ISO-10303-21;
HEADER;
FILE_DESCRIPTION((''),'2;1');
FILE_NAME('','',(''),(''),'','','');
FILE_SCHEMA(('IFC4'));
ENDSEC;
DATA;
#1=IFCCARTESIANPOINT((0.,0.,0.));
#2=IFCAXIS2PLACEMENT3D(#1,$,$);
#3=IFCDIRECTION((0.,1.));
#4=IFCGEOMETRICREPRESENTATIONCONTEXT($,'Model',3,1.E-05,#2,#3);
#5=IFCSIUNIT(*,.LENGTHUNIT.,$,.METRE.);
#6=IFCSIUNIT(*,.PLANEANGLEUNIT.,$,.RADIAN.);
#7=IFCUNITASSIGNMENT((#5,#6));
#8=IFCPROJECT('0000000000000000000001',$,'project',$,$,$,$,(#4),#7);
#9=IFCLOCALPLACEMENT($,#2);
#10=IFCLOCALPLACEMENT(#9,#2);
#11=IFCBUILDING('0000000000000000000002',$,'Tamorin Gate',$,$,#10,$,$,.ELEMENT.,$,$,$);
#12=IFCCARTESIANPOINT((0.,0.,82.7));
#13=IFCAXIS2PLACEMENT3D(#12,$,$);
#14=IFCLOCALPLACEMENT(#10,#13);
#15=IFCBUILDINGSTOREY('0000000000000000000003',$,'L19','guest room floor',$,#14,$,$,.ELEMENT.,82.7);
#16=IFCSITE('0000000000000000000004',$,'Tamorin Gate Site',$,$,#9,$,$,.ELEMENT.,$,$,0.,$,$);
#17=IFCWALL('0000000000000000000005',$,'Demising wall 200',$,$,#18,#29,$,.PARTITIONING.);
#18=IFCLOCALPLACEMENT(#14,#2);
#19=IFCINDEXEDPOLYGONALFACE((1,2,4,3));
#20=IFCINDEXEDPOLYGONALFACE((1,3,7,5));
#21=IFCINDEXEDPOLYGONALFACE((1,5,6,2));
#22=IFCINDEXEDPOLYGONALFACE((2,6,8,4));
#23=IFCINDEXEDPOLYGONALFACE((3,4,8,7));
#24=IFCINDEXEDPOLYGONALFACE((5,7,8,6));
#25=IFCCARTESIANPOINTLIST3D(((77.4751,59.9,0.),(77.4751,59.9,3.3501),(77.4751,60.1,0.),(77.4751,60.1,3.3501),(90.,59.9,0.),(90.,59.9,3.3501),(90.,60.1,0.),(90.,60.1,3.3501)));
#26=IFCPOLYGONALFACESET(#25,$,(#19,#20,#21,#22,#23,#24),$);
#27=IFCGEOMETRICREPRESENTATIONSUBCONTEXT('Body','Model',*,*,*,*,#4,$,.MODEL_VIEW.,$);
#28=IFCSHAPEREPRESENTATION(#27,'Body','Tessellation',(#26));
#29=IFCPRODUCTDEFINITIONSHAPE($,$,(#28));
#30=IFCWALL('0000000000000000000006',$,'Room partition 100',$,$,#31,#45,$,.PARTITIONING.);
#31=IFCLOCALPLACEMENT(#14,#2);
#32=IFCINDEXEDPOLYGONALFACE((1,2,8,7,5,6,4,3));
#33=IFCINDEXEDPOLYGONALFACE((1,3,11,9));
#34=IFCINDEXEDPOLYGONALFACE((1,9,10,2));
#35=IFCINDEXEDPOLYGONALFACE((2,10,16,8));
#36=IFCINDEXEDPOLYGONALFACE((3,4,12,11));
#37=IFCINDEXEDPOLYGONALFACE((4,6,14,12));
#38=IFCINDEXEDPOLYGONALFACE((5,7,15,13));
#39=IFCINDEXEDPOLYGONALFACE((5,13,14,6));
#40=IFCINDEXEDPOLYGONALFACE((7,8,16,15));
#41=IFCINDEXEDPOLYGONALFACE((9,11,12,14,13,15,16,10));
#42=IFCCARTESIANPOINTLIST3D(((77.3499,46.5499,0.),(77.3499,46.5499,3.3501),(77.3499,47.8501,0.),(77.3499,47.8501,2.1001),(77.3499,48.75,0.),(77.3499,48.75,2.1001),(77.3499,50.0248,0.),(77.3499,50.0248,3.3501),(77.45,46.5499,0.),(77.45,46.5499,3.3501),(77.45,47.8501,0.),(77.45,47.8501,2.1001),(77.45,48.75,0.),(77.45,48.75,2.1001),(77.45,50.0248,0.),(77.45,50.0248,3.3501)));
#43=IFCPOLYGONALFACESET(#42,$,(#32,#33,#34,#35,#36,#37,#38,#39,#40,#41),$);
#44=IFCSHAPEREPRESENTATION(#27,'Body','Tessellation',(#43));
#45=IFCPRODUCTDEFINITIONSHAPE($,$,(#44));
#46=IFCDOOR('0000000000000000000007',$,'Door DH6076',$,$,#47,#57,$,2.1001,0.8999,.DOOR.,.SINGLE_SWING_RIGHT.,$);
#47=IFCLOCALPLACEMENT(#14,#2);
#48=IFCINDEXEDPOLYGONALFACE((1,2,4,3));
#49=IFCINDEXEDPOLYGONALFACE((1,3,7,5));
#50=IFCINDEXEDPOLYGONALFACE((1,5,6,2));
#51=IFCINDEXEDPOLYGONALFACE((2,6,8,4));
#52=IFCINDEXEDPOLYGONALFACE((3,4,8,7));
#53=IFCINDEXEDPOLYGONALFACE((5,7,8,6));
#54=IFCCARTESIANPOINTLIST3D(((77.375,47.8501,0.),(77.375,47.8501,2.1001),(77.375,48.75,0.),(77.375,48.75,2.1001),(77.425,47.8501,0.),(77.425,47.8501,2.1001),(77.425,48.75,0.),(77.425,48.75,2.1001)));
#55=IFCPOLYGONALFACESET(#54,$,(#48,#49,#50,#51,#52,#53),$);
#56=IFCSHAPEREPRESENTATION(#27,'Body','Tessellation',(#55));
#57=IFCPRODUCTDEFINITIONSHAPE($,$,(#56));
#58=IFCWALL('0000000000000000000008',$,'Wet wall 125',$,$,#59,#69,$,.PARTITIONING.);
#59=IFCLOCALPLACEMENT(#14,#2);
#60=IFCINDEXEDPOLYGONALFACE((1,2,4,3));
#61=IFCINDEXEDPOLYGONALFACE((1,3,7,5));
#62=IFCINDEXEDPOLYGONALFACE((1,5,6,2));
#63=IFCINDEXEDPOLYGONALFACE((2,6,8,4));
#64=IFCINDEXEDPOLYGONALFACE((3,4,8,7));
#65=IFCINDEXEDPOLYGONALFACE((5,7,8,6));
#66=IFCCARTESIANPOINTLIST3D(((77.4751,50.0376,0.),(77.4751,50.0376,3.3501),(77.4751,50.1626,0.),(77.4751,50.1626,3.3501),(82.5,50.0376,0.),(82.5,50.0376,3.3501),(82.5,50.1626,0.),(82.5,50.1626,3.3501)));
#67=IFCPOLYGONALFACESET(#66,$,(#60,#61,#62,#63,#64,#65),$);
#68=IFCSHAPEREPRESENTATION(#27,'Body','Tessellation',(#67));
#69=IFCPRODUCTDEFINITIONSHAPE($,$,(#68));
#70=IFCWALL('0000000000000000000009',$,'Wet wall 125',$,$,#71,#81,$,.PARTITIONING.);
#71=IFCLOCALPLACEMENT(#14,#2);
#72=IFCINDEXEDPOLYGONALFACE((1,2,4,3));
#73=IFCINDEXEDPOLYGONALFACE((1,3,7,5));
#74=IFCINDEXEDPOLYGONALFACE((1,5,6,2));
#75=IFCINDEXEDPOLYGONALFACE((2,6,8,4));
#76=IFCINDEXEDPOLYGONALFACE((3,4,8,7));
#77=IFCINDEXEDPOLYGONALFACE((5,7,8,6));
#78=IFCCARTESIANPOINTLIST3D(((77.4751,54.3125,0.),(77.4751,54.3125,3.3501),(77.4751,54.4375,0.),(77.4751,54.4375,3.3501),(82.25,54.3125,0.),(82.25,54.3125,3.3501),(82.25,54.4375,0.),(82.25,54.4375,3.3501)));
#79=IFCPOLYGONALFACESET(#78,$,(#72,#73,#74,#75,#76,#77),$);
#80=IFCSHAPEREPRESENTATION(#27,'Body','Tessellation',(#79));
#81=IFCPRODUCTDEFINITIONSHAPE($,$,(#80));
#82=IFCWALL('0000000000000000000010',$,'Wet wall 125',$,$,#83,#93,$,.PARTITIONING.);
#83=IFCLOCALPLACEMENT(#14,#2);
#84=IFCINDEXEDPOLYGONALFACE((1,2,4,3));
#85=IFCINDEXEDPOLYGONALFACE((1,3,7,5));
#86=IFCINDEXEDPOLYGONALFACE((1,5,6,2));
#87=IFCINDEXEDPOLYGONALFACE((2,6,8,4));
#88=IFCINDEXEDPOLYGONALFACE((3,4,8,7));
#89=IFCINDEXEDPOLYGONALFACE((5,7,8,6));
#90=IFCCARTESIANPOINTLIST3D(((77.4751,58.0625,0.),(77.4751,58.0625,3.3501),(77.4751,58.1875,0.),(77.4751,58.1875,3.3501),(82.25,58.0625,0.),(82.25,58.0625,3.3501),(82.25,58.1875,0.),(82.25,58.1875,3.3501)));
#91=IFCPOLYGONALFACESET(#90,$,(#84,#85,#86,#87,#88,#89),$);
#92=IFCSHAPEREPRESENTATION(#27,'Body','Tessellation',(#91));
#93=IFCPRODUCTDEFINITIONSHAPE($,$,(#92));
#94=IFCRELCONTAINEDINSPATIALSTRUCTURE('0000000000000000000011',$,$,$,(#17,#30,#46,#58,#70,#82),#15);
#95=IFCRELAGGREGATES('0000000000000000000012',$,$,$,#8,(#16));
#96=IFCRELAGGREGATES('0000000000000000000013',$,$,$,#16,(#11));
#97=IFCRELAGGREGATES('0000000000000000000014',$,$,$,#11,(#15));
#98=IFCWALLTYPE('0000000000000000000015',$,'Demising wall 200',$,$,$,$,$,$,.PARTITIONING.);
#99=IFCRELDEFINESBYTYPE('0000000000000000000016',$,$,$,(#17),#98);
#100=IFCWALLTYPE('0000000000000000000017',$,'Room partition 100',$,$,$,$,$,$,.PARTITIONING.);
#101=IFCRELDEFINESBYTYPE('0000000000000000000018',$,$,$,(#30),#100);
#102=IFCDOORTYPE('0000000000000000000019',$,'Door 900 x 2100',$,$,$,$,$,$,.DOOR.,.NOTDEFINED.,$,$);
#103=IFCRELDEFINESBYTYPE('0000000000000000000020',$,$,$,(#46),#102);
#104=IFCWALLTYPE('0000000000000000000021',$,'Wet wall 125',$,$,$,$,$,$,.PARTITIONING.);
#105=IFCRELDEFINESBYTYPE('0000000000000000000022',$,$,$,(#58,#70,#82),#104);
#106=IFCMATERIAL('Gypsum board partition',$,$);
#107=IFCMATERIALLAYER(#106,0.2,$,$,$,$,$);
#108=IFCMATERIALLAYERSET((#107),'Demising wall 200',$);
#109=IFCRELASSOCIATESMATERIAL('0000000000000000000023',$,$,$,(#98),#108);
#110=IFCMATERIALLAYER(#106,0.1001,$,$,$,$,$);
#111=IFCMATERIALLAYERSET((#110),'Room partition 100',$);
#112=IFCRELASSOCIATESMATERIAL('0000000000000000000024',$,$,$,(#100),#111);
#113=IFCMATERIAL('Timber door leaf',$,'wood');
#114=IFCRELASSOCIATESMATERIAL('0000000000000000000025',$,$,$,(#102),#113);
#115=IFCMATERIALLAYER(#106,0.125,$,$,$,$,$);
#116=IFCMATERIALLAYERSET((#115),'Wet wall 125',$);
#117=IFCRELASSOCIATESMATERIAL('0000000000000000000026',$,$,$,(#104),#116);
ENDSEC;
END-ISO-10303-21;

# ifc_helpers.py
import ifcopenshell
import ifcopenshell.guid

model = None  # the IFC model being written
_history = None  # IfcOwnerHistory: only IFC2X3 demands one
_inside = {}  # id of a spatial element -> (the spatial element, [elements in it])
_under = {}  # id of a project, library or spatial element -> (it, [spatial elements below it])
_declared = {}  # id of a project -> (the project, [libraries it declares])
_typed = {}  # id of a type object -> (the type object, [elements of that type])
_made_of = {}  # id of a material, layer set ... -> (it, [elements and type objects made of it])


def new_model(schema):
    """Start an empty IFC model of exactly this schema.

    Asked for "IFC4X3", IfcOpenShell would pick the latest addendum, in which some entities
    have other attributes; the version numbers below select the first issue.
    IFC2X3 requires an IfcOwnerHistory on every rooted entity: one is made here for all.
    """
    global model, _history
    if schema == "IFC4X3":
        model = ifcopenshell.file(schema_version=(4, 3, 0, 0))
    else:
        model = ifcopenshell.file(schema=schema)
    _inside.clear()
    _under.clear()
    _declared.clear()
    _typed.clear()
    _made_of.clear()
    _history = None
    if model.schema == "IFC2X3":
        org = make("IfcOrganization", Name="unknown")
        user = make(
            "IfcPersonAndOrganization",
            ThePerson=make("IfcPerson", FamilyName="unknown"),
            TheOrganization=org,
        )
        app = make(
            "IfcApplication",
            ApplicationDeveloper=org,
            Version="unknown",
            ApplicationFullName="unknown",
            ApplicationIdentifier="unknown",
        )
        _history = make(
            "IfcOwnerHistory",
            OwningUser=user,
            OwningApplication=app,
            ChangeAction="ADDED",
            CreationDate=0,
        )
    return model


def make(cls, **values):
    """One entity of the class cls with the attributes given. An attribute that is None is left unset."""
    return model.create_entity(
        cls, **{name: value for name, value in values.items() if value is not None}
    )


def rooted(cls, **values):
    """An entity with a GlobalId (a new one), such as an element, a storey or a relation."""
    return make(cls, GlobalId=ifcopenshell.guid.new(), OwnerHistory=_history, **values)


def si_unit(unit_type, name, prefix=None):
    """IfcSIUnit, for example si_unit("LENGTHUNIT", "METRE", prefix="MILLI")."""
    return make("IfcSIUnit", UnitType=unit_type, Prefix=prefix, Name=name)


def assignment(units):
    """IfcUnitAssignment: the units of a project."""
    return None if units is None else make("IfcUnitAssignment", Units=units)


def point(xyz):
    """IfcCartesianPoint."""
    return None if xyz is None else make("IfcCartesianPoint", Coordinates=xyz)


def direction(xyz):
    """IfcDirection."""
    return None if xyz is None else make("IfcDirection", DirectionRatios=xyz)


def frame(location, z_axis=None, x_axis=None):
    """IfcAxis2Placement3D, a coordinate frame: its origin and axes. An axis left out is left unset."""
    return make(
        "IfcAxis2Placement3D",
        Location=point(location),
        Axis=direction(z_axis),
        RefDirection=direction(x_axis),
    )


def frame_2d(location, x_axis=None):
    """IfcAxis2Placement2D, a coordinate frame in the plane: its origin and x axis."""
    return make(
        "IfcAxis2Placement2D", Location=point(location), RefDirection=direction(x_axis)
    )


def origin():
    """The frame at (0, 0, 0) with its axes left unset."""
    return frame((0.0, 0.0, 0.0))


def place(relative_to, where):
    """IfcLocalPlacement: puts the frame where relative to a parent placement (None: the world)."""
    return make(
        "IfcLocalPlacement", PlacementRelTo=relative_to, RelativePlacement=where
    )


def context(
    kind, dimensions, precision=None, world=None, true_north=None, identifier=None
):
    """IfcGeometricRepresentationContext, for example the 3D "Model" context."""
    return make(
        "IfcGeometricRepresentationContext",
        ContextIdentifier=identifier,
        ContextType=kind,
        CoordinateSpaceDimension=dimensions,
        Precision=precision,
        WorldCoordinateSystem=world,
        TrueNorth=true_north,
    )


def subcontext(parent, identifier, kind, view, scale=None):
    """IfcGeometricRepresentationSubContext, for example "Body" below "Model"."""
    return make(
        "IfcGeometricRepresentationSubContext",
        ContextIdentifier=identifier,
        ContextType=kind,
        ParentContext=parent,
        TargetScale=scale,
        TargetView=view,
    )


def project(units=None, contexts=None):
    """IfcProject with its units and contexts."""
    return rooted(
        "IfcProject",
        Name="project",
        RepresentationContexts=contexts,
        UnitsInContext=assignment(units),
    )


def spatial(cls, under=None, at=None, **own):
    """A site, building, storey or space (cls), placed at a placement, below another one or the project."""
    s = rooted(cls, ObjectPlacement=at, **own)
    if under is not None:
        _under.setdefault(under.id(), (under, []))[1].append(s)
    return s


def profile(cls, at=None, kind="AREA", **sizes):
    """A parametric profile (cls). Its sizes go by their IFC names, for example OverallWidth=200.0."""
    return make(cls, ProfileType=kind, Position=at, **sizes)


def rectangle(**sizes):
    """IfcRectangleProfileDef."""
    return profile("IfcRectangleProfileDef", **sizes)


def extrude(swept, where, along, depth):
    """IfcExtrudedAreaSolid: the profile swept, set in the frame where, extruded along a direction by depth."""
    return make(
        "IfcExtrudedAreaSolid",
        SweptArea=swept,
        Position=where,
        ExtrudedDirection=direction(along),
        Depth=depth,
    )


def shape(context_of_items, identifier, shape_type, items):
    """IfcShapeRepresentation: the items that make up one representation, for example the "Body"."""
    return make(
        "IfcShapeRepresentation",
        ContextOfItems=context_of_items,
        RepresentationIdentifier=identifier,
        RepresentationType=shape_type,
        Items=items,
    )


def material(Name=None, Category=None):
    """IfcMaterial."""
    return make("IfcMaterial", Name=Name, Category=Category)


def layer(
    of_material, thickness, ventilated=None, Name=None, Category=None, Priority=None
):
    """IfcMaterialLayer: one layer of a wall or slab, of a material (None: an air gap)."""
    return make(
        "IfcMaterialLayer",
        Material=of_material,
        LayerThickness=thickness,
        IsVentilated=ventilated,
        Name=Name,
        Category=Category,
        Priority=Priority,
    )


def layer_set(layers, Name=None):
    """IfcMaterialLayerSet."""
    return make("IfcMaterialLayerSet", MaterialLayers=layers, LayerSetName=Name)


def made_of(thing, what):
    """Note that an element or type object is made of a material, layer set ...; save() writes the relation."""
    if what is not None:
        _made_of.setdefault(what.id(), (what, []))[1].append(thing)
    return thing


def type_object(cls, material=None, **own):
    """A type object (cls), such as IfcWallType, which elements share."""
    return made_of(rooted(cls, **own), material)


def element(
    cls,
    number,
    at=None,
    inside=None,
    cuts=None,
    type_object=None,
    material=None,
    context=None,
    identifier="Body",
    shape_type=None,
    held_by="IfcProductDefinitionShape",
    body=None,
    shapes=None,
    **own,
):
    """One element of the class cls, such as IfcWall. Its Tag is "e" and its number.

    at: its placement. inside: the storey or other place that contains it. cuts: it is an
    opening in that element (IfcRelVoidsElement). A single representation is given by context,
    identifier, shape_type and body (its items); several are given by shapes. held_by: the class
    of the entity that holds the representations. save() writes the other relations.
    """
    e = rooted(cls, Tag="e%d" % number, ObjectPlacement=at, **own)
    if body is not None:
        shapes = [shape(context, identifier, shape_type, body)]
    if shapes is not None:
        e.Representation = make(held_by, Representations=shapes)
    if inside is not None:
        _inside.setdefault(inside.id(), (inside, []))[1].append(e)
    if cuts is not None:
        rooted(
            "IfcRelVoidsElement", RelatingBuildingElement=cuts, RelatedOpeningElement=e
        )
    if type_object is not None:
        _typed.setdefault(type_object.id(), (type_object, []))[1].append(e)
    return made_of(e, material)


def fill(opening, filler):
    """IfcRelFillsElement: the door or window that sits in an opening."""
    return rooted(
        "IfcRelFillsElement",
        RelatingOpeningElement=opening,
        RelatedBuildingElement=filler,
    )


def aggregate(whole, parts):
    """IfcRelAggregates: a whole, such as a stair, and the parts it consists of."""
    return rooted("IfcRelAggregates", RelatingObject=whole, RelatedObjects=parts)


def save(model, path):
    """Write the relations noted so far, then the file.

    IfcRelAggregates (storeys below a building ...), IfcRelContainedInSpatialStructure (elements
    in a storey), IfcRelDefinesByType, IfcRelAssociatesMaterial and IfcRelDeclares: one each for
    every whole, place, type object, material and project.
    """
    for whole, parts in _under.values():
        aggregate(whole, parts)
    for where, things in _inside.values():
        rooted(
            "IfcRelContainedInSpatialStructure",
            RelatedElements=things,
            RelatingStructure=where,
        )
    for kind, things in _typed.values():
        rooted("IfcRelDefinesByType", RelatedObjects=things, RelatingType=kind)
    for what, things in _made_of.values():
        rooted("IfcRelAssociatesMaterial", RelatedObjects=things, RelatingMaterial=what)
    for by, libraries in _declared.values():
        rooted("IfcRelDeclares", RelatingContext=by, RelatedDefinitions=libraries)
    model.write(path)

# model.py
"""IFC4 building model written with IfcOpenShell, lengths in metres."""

from ifc_helpers import new_model, si_unit, direction, frame, frame_2d, origin, place, context, subcontext, project, spatial, rectangle, extrude, material, layer, layer_set, type_object, element, fill, save


model = new_model("IFC4")

# Units and contexts
model_context = context("Model", 3, precision=1e-05, world=origin(), true_north=direction((0.0, 1.0)))
body_context = subcontext(model_context, "Body", "Model", "MODEL_VIEW")
ifc_project = project(units=[si_unit("LENGTHUNIT", "METRE"), si_unit("PLANEANGLEUNIT", "RADIAN")], contexts=[model_context])

# Site, building, storey
site_placement = place(None, origin())
site = spatial("IfcSite", under=ifc_project, at=site_placement, Name="Tamorin Gate Site", CompositionType="ELEMENT", RefElevation=0.0)
building_placement = place(site_placement, origin())
building = spatial("IfcBuilding", under=site, at=building_placement, Name="Tamorin Gate", CompositionType="ELEMENT")
storey_placement = place(building_placement, frame((0.0, 0.0, 82.7)))
storey = spatial("IfcBuildingStorey", under=building, at=storey_placement, Name="L19", Description="guest room floor", CompositionType="ELEMENT", Elevation=82.7)

# Shared definitions
ifc_material_1 = material(Name="Gypsum board partition")
ifc_material_2 = material(Name="Timber door leaf", Category="wood")

# Wall
ifc_layer_1 = layer(ifc_material_1, 0.2)
ifc_layer_set_1 = layer_set([ifc_layer_1], Name="Demising wall 200")
wall_type_1 = type_object("IfcWallType", Name="Demising wall 200", PredefinedType="PARTITIONING", material=ifc_layer_set_1)
wall_1_placement = place(storey_placement, frame((77.4751, 60.0, 0.0), z_axis=(0.0, 0.0, 1.0), x_axis=(1.0, 0.0, 0.0)))
element("IfcWall", 1, at=wall_1_placement, inside=storey, type_object=wall_type_1, Name="Demising wall 200", PredefinedType="PARTITIONING", context=body_context, shape_type="SweptSolid", body=[
    extrude(rectangle(XDim=12.5249, YDim=0.2, at=frame_2d((6.2625, 0.0))), origin(), (0.0, 0.0, 1.0), 3.3501),
])

# Wall, opening, door
ifc_layer_2 = layer(ifc_material_1, 0.1001)
ifc_layer_set_2 = layer_set([ifc_layer_2], Name="Room partition 100")
wall_type_2 = type_object("IfcWallType", Name="Room partition 100", PredefinedType="PARTITIONING", material=ifc_layer_set_2)
wall_2_placement = place(storey_placement, frame((77.3999, 46.55, 0.0), z_axis=(0.0, 0.0, 1.0), x_axis=(0.0, 1.0, 0.0)))
wall_2 = element("IfcWall", 2, at=wall_2_placement, inside=storey, type_object=wall_type_2, Name="Room partition 100", PredefinedType="PARTITIONING", context=body_context, shape_type="SweptSolid", body=[
    extrude(rectangle(XDim=3.4749, YDim=0.1001, at=frame_2d((1.7373, 0.0))), origin(), (0.0, 0.0, 1.0), 3.3501),
])
opening_1_placement = place(wall_2_placement, frame((1.3, 0.0, 0.0)))
opening_1 = element("IfcOpeningElement", 3, at=opening_1_placement, cuts=wall_2, PredefinedType="OPENING", context=body_context, shape_type="SweptSolid", body=[
    extrude(rectangle(XDim=0.8999, YDim=2.1001, at=frame_2d((0.45, 1.05))), frame((0.0, 0.0601, 0.0), z_axis=(0.0, -1.0, 0.0), x_axis=(1.0, 0.0, 0.0)), (0.0, 0.0, 1.0), 0.1201),
])
door_type_1 = type_object("IfcDoorType", Name="Door 900 x 2100", OperationType="NOTDEFINED", PredefinedType="DOOR", material=ifc_material_2)
door_1_placement = place(opening_1_placement, origin())
door_1 = element("IfcDoor", 4, at=door_1_placement, inside=storey, type_object=door_type_1, Name="Door DH6076", OperationType="SINGLE_SWING_RIGHT", OverallHeight=2.1001, OverallWidth=0.8999, PredefinedType="DOOR", context=body_context, shape_type="SweptSolid", body=[
    extrude(rectangle(XDim=0.8999, YDim=2.1001, at=frame_2d((0.45, 1.05))), frame((0.0, 0.0249, 0.0), z_axis=(0.0, -1.0, 0.0), x_axis=(1.0, 0.0, 0.0)), (0.0, 0.0, 1.0), 0.05),
])
fill(opening_1, door_1)

# Walls
ifc_layer_3 = layer(ifc_material_1, 0.125)
ifc_layer_set_3 = layer_set([ifc_layer_3], Name="Wet wall 125")
wall_type_3 = type_object("IfcWallType", Name="Wet wall 125", PredefinedType="PARTITIONING", material=ifc_layer_set_3)
wall_3_placement = place(storey_placement, frame((77.4751, 50.1001, 0.0), z_axis=(0.0, 0.0, 1.0), x_axis=(1.0, 0.0, 0.0)))
element("IfcWall", 5, at=wall_3_placement, inside=storey, type_object=wall_type_3, Name="Wet wall 125", PredefinedType="PARTITIONING", context=body_context, shape_type="SweptSolid", body=[
    extrude(rectangle(XDim=5.0249, YDim=0.125, at=frame_2d((2.5125, 0.0))), origin(), (0.0, 0.0, 1.0), 3.3501),
])
for number, where, z_axis, x_axis, name in (
    (6, (77.4751, 54.375, 0.0), (0.0, 0.0, 1.0), (1.0, 0.0, 0.0), "Wet wall 125"),
    (7, (77.4751, 58.125, 0.0), (0.0, 0.0, 1.0), (1.0, 0.0, 0.0), "Wet wall 125"),
):
    element("IfcWall", number, at=place(storey_placement, frame(where, z_axis=z_axis, x_axis=x_axis)), inside=storey, type_object=wall_type_3, Name=name, PredefinedType="PARTITIONING", context=body_context, shape_type="SweptSolid", body=[
        extrude(rectangle(XDim=4.7749, YDim=0.125, at=frame_2d((2.3875, 0.0))), origin(), (0.0, 0.0, 1.0), 3.3501),
    ])

save(model, "model.ifc")
